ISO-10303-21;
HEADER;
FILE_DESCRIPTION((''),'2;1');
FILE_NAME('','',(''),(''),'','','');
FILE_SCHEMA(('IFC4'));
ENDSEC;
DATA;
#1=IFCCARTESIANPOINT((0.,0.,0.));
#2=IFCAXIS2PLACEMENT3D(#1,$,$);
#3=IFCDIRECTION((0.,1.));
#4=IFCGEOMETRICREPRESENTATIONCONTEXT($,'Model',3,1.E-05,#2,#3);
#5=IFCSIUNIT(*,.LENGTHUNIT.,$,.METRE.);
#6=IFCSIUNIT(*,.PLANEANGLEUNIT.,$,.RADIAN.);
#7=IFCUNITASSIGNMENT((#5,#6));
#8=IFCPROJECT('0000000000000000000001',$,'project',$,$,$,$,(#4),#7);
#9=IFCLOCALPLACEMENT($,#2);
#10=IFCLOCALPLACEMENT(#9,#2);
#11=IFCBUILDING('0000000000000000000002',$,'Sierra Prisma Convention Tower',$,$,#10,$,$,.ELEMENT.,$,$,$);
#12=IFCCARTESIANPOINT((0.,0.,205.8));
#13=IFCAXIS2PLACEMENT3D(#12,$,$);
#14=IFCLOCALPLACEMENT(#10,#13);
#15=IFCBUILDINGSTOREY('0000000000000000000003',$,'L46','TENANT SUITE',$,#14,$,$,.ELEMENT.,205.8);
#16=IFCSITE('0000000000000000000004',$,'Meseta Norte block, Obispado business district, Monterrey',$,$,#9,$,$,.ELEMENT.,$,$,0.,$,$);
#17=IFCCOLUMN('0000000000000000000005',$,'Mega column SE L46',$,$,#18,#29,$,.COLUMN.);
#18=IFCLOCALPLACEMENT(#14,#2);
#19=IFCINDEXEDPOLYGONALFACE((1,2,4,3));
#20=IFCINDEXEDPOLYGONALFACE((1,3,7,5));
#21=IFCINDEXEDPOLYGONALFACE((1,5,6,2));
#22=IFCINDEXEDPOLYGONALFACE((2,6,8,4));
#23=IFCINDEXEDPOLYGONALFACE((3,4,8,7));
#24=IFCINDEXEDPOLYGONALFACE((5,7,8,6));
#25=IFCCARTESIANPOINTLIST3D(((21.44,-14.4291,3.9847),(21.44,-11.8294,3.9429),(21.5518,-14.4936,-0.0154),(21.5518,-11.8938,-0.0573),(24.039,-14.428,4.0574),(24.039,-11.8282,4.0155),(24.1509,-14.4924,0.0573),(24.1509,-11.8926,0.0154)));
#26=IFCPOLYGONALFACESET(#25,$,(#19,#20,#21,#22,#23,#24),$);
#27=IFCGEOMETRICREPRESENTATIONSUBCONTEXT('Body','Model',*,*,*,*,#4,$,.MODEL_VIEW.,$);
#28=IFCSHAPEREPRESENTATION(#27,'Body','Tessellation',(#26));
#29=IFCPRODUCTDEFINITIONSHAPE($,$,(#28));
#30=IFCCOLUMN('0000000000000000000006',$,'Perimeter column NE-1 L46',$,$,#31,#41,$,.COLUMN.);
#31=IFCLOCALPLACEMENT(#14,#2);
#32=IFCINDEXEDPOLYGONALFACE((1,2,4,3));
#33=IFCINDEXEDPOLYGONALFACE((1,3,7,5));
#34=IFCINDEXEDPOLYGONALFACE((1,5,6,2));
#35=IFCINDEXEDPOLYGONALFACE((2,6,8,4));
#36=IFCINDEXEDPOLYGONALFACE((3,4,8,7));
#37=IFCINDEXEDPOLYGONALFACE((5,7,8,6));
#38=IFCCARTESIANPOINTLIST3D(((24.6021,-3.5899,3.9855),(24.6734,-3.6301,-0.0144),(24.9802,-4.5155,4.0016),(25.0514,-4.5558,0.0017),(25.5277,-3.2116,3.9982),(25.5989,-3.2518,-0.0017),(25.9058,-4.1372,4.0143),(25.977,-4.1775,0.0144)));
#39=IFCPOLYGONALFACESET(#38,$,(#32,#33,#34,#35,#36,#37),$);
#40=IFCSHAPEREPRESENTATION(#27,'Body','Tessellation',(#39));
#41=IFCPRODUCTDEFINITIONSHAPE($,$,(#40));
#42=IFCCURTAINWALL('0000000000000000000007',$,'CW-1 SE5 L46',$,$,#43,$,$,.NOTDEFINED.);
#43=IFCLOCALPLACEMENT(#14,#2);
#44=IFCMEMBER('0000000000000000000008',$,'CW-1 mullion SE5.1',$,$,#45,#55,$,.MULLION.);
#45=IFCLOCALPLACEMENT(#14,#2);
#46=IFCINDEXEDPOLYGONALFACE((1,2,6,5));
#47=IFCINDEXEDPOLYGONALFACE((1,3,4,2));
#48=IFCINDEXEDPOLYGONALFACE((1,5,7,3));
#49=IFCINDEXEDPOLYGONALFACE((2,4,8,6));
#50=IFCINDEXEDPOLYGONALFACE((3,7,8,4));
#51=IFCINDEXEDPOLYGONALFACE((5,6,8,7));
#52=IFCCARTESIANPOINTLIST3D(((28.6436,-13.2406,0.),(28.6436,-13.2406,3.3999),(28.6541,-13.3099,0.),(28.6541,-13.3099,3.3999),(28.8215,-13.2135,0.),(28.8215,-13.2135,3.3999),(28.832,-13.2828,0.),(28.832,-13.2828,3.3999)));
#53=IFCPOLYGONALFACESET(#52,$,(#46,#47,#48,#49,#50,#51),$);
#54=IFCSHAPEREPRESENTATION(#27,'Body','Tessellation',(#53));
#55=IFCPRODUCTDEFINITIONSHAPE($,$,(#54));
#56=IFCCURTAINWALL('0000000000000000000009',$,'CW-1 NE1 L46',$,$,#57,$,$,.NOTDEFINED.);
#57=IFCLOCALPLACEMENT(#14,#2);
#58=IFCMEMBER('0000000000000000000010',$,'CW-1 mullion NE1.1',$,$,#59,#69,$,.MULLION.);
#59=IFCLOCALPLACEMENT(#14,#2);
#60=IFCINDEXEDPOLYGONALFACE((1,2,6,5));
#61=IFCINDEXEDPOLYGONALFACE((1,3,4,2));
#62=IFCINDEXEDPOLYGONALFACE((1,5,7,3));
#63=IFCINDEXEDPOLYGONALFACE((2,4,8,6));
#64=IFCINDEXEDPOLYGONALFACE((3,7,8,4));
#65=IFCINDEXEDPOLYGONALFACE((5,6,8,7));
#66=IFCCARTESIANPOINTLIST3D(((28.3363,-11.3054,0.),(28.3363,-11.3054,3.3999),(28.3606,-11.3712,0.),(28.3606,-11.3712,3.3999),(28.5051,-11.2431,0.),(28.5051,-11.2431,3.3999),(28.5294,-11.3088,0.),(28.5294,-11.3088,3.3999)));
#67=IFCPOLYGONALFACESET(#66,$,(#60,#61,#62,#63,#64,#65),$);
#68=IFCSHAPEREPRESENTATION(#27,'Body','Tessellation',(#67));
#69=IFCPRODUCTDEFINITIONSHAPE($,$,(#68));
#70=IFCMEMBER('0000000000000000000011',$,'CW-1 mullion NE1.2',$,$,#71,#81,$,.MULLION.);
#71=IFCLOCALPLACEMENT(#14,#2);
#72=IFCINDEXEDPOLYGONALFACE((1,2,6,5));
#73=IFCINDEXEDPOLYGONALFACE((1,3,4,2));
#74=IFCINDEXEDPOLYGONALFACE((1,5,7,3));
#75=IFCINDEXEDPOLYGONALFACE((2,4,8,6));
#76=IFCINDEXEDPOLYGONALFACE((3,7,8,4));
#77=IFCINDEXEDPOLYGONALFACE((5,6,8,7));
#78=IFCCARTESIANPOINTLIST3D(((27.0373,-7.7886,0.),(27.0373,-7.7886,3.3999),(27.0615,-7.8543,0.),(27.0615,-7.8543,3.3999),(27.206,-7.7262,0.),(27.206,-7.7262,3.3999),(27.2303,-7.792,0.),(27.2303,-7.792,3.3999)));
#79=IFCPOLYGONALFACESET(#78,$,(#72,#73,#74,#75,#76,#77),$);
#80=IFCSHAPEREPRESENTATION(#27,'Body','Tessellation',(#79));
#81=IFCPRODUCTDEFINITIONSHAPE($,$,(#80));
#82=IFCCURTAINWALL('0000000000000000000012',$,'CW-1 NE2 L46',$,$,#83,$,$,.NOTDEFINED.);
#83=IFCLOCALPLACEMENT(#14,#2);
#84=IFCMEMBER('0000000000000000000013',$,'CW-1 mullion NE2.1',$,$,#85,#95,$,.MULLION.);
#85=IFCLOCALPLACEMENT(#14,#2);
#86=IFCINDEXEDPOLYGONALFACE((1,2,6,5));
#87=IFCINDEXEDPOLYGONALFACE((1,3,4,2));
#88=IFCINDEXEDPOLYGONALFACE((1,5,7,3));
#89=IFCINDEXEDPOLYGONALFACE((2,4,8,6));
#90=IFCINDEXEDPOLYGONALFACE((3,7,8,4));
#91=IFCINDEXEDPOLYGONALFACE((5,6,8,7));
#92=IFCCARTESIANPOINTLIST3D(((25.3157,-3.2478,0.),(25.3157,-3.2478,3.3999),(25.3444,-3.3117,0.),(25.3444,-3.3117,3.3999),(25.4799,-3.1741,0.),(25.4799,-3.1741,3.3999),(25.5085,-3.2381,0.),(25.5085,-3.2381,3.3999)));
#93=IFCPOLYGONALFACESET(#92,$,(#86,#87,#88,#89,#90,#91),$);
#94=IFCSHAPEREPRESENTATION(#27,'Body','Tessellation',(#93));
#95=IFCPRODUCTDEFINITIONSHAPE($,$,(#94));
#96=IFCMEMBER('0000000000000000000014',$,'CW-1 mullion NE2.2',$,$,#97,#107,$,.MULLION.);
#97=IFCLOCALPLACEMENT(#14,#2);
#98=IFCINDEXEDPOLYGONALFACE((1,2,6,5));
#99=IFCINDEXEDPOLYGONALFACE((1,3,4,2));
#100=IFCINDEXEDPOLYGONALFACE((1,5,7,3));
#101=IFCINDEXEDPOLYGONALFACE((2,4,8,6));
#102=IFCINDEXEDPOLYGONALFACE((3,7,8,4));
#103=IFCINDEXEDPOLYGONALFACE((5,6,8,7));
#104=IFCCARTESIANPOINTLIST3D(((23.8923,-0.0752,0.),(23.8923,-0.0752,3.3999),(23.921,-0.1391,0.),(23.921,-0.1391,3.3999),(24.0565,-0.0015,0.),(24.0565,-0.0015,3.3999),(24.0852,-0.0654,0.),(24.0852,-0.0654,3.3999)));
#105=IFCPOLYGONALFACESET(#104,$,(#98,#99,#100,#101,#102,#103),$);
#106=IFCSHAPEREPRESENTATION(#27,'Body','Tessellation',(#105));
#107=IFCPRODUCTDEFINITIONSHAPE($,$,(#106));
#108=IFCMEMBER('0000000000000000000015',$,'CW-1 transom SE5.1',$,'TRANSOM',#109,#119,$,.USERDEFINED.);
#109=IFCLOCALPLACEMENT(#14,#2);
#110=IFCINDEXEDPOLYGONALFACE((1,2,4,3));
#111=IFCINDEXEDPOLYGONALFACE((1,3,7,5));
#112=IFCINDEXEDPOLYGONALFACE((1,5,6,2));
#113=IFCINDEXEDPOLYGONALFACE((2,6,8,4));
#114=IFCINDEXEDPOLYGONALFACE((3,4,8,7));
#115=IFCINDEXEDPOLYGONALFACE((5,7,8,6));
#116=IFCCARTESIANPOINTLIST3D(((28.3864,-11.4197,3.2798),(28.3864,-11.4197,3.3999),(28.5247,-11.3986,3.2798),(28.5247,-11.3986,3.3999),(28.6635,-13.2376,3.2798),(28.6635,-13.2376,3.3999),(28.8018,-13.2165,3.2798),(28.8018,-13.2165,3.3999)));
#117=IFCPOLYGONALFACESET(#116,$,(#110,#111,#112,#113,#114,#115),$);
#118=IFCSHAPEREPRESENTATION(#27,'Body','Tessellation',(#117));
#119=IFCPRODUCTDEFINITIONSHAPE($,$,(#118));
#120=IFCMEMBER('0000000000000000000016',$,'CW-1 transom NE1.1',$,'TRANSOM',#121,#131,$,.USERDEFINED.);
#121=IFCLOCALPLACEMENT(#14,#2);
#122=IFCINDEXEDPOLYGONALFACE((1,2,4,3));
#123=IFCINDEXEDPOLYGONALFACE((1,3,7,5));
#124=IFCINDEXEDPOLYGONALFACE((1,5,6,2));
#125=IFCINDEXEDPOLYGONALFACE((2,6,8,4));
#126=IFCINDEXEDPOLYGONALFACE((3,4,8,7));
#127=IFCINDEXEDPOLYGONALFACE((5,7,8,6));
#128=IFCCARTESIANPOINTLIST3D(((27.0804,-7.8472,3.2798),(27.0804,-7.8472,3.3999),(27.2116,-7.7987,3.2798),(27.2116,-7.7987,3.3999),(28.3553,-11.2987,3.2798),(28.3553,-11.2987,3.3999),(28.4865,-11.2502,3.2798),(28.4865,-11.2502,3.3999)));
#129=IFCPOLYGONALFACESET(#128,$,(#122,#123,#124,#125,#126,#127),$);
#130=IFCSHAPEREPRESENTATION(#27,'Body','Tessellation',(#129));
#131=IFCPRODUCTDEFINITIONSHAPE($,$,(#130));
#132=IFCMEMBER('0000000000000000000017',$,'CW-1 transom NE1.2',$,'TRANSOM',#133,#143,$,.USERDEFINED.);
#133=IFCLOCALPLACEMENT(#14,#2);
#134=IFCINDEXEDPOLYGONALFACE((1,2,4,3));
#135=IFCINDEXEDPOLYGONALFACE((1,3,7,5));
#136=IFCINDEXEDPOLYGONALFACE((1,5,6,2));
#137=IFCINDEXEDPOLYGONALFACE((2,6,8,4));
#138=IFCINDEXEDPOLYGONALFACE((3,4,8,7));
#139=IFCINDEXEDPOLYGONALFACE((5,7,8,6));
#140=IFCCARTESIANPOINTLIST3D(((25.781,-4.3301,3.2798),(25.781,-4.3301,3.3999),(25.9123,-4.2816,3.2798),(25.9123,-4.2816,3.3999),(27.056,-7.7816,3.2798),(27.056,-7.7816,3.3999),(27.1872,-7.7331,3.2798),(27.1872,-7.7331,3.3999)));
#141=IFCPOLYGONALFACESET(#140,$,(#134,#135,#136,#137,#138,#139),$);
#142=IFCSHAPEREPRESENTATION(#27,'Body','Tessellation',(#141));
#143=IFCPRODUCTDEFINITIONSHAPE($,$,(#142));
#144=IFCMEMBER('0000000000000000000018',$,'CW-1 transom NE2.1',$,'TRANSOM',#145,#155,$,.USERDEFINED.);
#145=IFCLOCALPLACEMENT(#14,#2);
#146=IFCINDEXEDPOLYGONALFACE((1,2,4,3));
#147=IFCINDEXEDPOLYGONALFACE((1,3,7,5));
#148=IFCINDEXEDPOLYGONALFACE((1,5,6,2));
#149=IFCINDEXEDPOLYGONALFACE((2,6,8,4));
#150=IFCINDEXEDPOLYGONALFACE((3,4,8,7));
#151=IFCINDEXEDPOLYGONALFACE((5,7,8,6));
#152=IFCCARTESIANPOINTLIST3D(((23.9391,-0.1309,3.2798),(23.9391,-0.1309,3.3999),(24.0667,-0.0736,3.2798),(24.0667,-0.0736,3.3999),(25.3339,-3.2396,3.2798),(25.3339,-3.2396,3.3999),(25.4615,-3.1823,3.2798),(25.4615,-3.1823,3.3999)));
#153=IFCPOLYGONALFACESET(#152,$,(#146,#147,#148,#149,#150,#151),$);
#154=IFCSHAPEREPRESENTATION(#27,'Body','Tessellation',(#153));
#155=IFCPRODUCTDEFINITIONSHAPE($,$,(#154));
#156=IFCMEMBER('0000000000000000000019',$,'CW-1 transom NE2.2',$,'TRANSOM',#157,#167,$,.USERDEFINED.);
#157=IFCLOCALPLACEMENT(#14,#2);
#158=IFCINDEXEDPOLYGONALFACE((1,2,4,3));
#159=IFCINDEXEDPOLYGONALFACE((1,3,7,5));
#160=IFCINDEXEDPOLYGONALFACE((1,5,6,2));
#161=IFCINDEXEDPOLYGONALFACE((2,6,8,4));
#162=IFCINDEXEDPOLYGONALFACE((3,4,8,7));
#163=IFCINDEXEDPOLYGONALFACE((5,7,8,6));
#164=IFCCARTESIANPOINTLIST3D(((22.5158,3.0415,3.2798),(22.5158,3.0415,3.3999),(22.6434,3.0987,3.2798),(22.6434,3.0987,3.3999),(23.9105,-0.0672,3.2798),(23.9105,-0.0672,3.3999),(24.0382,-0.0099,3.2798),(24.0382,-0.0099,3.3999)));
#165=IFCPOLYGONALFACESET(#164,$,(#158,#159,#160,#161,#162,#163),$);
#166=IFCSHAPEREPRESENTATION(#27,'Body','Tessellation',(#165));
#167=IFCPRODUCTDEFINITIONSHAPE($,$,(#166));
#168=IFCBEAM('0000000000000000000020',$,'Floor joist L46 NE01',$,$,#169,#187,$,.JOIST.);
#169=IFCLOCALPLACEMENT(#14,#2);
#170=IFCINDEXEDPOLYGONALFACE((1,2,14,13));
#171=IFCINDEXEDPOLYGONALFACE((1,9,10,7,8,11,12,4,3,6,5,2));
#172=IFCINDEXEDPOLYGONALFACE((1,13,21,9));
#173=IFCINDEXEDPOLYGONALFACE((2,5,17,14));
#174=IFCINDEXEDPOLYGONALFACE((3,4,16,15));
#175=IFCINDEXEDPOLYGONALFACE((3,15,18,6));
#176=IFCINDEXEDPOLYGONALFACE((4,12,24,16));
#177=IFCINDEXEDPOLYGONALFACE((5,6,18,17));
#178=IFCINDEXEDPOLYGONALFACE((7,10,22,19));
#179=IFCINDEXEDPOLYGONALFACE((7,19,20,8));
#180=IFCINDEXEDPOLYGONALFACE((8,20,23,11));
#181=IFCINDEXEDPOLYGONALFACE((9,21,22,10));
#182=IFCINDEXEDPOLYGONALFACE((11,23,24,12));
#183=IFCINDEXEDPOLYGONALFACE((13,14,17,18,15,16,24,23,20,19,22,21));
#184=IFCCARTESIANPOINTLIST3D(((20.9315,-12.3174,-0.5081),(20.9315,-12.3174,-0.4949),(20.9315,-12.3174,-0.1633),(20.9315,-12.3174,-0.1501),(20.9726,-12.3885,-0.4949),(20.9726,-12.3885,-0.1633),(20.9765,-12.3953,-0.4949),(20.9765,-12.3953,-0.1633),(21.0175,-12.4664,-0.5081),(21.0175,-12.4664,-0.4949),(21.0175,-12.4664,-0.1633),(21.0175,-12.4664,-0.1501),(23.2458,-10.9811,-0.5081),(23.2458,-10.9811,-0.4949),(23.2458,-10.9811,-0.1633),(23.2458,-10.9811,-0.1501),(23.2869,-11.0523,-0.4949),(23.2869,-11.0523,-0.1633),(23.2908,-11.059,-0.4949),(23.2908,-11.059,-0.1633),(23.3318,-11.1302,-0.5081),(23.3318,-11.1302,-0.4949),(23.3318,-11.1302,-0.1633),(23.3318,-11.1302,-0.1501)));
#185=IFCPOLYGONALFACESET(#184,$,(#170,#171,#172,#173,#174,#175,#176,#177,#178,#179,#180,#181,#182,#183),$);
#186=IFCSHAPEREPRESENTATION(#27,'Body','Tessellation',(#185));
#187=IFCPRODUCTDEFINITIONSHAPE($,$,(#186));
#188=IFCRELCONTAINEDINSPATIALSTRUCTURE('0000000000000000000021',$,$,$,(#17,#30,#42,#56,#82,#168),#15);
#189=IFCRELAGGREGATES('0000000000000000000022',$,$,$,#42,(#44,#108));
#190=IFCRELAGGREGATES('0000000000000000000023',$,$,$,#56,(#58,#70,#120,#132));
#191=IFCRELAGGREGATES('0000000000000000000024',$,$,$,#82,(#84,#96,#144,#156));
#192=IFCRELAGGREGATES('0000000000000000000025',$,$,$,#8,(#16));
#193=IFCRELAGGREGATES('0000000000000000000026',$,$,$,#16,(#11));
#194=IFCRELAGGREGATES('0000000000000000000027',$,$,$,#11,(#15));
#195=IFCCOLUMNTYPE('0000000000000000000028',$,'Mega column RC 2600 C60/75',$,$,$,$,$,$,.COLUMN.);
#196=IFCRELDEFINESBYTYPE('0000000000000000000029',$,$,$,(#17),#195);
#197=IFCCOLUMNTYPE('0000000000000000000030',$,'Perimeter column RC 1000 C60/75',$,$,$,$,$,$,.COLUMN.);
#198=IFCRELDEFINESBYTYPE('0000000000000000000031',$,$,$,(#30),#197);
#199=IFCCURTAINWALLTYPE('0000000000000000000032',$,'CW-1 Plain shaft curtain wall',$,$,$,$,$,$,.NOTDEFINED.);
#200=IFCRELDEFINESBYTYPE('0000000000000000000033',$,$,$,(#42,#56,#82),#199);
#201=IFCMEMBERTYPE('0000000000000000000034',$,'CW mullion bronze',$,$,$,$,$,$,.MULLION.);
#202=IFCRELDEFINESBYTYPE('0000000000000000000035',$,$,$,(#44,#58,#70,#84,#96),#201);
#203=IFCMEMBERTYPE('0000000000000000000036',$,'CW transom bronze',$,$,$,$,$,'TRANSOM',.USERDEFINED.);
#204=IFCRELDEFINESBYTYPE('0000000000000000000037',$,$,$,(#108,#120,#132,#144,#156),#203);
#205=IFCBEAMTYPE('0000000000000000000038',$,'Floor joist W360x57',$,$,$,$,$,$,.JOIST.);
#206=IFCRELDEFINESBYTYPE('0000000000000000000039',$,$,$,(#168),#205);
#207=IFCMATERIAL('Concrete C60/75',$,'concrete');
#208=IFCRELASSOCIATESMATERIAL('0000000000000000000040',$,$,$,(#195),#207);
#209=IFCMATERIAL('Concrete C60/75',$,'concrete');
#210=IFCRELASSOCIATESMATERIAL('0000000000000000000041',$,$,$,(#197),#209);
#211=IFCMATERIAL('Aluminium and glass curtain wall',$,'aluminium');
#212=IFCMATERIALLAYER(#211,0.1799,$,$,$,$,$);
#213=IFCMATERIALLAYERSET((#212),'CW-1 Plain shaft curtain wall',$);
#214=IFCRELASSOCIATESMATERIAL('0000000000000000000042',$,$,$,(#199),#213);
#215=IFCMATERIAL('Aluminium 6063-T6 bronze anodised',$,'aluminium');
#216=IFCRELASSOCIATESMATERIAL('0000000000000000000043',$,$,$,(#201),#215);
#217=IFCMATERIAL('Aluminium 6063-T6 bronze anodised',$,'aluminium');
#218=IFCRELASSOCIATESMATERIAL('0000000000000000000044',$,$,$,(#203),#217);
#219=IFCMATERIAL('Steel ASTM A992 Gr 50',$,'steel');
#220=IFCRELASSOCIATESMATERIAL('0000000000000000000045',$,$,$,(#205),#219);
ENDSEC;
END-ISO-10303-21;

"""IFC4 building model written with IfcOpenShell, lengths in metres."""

from ifc_helpers import new_model, si_unit, direction, frame, origin, origin_2d, place, context, subcontext, project, spatial, rectangle, i_section, extrude, material, layer, layer_set, material_profile, profile_set, type_object, element, aggregate, save


model = new_model("IFC4")

# Units and contexts
model_context = context("Model", 3, precision=1e-05, world=origin(), true_north=direction((0.0, 1.0)))
body_context = subcontext(model_context, "Body", "Model", "MODEL_VIEW")
ifc_project = project(units=[si_unit("LENGTHUNIT", "METRE"), si_unit("PLANEANGLEUNIT", "RADIAN")], contexts=[model_context])

# Site, building, storey
site_placement = place(None, origin())
site = spatial("IfcSite", under=ifc_project, at=site_placement, Name="Meseta Norte block, Obispado business district, Monterrey", CompositionType="ELEMENT", RefElevation=0.0)
building_placement = place(site_placement, origin())
building = spatial("IfcBuilding", under=site, at=building_placement, Name="Sierra Prisma Convention Tower", CompositionType="ELEMENT")
storey_placement = place(building_placement, frame((0.0, 0.0, 205.8)))
storey = spatial("IfcBuildingStorey", under=building, at=storey_placement, Name="L46", Description="TENANT SUITE", CompositionType="ELEMENT", Elevation=205.8)

# Columns
ifc_material_1 = material(Name="Concrete C60/75", Category="concrete")
ifc_material_profile_1 = material_profile(ifc_material_1, rectangle(XDim=2.6001, YDim=2.6001, at=origin_2d()), Name="Mega column RC 2600 C60/75")
ifc_profile_set_1 = profile_set([ifc_material_profile_1], Name="Concrete C60/75")
column_type_1 = type_object("IfcColumnType", Name="Mega column RC 2600 C60/75", PredefinedType="COLUMN", material=ifc_profile_set_1)
column_1_placement = place(storey_placement, frame((22.8513, -13.1931, 0.0), z_axis=(-0.02794, 0.016105, 0.99948), x_axis=(0.99961, 0.00045, 0.027936)))
element("IfcColumn", 1, at=column_1_placement, inside=storey, type_object=column_type_1, Name="Mega column SE L46", PredefinedType="COLUMN", context=body_context, shape_type="SweptSolid", body=[
    extrude(rectangle(XDim=2.6001, YDim=2.6001, at=origin_2d()), origin(), (0.0, 0.0, 1.0), 4.0022),
])
ifc_material_2 = material(Name="Concrete C60/75", Category="concrete")
ifc_material_profile_2 = material_profile(ifc_material_2, rectangle(XDim=1.0, YDim=1.0, at=origin_2d()), Name="Perimeter column RC 1000 C60/75")
ifc_profile_set_2 = profile_set([ifc_material_profile_2], Name="Concrete C60/75")
column_type_2 = type_object("IfcColumnType", Name="Perimeter column RC 1000 C60/75", PredefinedType="COLUMN", material=ifc_profile_set_2)
column_2_placement = place(storey_placement, frame((25.3252, -3.9038, 0.0), z_axis=(-0.017819, 0.010069, 0.999791), x_axis=(-0.378094, 0.925628, -0.01606)))
element("IfcColumn", 2, at=column_2_placement, inside=storey, type_object=column_type_2, Name="Perimeter column NE-1 L46", PredefinedType="COLUMN", context=body_context, shape_type="SweptSolid", body=[
    extrude(rectangle(XDim=1.0, YDim=1.0, at=origin_2d()), origin(), (0.0, 0.0, 1.0), 4.0007),
])

# Curtain wall, member
ifc_material_3 = material(Name="Aluminium and glass curtain wall", Category="aluminium")
ifc_layer_1 = layer(ifc_material_3, 0.1799)
ifc_layer_set_1 = layer_set([ifc_layer_1], Name="CW-1 Plain shaft curtain wall")
curtain_wall_type = type_object("IfcCurtainWallType", Name="CW-1 Plain shaft curtain wall", PredefinedType="NOTDEFINED", material=ifc_layer_set_1)
curtain_wall_1_placement = place(storey_placement, origin())
curtain_wall_1 = element("IfcCurtainWall", 3, at=curtain_wall_1_placement, inside=storey, type_object=curtain_wall_type, Name="CW-1 SE5 L46", PredefinedType="NOTDEFINED")
ifc_material_4 = material(Name="Aluminium 6063-T6 bronze anodised", Category="aluminium")
ifc_material_profile_3 = material_profile(ifc_material_4, rectangle(XDim=0.1799, YDim=0.0701, at=origin_2d()), Name="ALU MULLION 70x180")
ifc_profile_set_3 = profile_set([ifc_material_profile_3], Name="Aluminium 6063-T6 bronze anodised")
member_type_1 = type_object("IfcMemberType", Name="CW mullion bronze", PredefinedType="MULLION", material=ifc_profile_set_3)
member_1_placement = place(storey_placement, frame((28.7378, -13.2617, 0.0), z_axis=(0.0, 0.0, 1.0), x_axis=(-0.988591, -0.150626, 0.0)))
member_1 = element("IfcMember", 4, at=member_1_placement, type_object=member_type_1, Name="CW-1 mullion SE5.1", PredefinedType="MULLION", context=body_context, shape_type="SweptSolid", body=[
    extrude(rectangle(XDim=0.1799, YDim=0.0701, at=origin_2d()), origin(), (0.0, 0.0, 1.0), 3.3999),
])

# Curtain walls, members
curtain_wall_2_placement = place(storey_placement, origin())
curtain_wall_2 = element("IfcCurtainWall", 5, at=curtain_wall_2_placement, inside=storey, type_object=curtain_wall_type, Name="CW-1 NE1 L46", PredefinedType="NOTDEFINED")
member_2_placement = place(storey_placement, frame((28.4329, -11.3071, 0.0), z_axis=(0.0, 0.0, 1.0), x_axis=(-0.938045, -0.346513, 0.0)))
member_2 = element("IfcMember", 6, at=member_2_placement, type_object=member_type_1, Name="CW-1 mullion NE1.1", PredefinedType="MULLION", context=body_context, shape_type="SweptSolid", body=[
    extrude(rectangle(XDim=0.1799, YDim=0.0701, at=origin_2d()), origin(), (0.0, 0.0, 1.0), 3.3999),
])
member_3_placement = place(storey_placement, frame((27.1338, -7.7903, 0.0), z_axis=(0.0, 0.0, 1.0), x_axis=(-0.938045, -0.346513, 0.0)))
member_3 = element("IfcMember", 7, at=member_3_placement, type_object=member_type_1, Name="CW-1 mullion NE1.2", PredefinedType="MULLION", context=body_context, shape_type="SweptSolid", body=[
    extrude(rectangle(XDim=0.1799, YDim=0.0701, at=origin_2d()), origin(), (0.0, 0.0, 1.0), 3.3999),
])
curtain_wall_3_placement = place(storey_placement, origin())
curtain_wall_3 = element("IfcCurtainWall", 8, at=curtain_wall_3_placement, inside=storey, type_object=curtain_wall_type, Name="CW-1 NE2 L46", PredefinedType="NOTDEFINED")
member_4_placement = place(storey_placement, frame((25.4121, -3.2429, 0.0), z_axis=(0.0, 0.0, 1.0), x_axis=(-0.912374, -0.409358, 0.0)))
member_4 = element("IfcMember", 9, at=member_4_placement, type_object=member_type_1, Name="CW-1 mullion NE2.1", PredefinedType="MULLION", context=body_context, shape_type="SweptSolid", body=[
    extrude(rectangle(XDim=0.1799, YDim=0.0701, at=origin_2d()), origin(), (0.0, 0.0, 1.0), 3.3999),
])
member_5_placement = place(storey_placement, frame((23.9888, -0.0703, 0.0), z_axis=(0.0, 0.0, 1.0), x_axis=(-0.912374, -0.409358, 0.0)))
member_5 = element("IfcMember", 10, at=member_5_placement, type_object=member_type_1, Name="CW-1 mullion NE2.2", PredefinedType="MULLION", context=body_context, shape_type="SweptSolid", body=[
    extrude(rectangle(XDim=0.1799, YDim=0.0701, at=origin_2d()), origin(), (0.0, 0.0, 1.0), 3.3999),
])

# Members
ifc_material_5 = material(Name="Aluminium 6063-T6 bronze anodised", Category="aluminium")
ifc_material_profile_4 = material_profile(ifc_material_5, rectangle(XDim=0.1399, YDim=0.1201, at=origin_2d()), Name="ALU TRANSOM 120x140")
ifc_profile_set_4 = profile_set([ifc_material_profile_4], Name="Aluminium 6063-T6 bronze anodised")
member_type_2 = type_object("IfcMemberType", Name="CW transom bronze", ElementType="TRANSOM", PredefinedType="USERDEFINED", material=ifc_profile_set_4)
member_6_placement = place(storey_placement, frame((28.7327, -13.2271, 3.3398), z_axis=(-0.15069, 0.988581, 0.0), x_axis=(-0.988581, -0.15069, 0.0)))
member_6 = element("IfcMember", 11, at=member_6_placement, type_object=member_type_2, Name="CW-1 transom SE5.1", ObjectType="TRANSOM", PredefinedType="USERDEFINED", context=body_context, shape_type="SweptSolid", body=[
    extrude(rectangle(XDim=0.1399, YDim=0.1201, at=origin_2d()), origin(), (0.0, 0.0, 1.0), 1.8389),
])
member_7_placement = place(storey_placement, frame((28.4209, -11.2744, 3.3398), z_axis=(-0.346502, 0.938049, 0.0), x_axis=(-0.938049, -0.346502, 0.0)))
member_7 = element("IfcMember", 12, at=member_7_placement, type_object=member_type_2, Name="CW-1 transom NE1.1", ObjectType="TRANSOM", PredefinedType="USERDEFINED", context=body_context, shape_type="SweptSolid", body=[
    extrude(rectangle(XDim=0.1399, YDim=0.1201, at=origin_2d()), origin(), (0.0, 0.0, 1.0), 3.6794),
])
member_8_placement = place(storey_placement, frame((27.1216, -7.7573, 3.3398), z_axis=(-0.346502, 0.938049, 0.0), x_axis=(-0.938049, -0.346502, 0.0)))
member_8 = element("IfcMember", 13, at=member_8_placement, type_object=member_type_2, Name="CW-1 transom NE1.2", ObjectType="TRANSOM", PredefinedType="USERDEFINED", context=body_context, shape_type="SweptSolid", body=[
    extrude(rectangle(XDim=0.1399, YDim=0.1201, at=origin_2d()), origin(), (0.0, 0.0, 1.0), 3.6794),
])
member_9_placement = place(storey_placement, frame((25.3977, -3.2109, 3.3398), z_axis=(-0.40936, 0.912373, 0.0), x_axis=(-0.912373, -0.40936, 0.0)))
member_9 = element("IfcMember", 14, at=member_9_placement, type_object=member_type_2, Name="CW-1 transom NE2.1", ObjectType="TRANSOM", PredefinedType="USERDEFINED", context=body_context, shape_type="SweptSolid", body=[
    extrude(rectangle(XDim=0.1399, YDim=0.1201, at=origin_2d()), origin(), (0.0, 0.0, 1.0), 3.4072),
])
member_10_placement = place(storey_placement, frame((23.9744, -0.0386, 3.3398), z_axis=(-0.40936, 0.912373, 0.0), x_axis=(-0.912373, -0.40936, 0.0)))
member_10 = element("IfcMember", 15, at=member_10_placement, type_object=member_type_2, Name="CW-1 transom NE2.2", ObjectType="TRANSOM", PredefinedType="USERDEFINED", context=body_context, shape_type="SweptSolid", body=[
    extrude(rectangle(XDim=0.1399, YDim=0.1201, at=origin_2d()), origin(), (0.0, 0.0, 1.0), 3.4072),
])

# Beam
ifc_material_6 = material(Name="Steel ASTM A992 Gr 50", Category="steel")
ifc_material_profile_5 = material_profile(ifc_material_6, i_section(OverallWidth=0.1721, OverallDepth=0.3579, WebThickness=0.0078, FlangeThickness=0.0132, at=origin_2d()), Name="W360x57")
ifc_profile_set_5 = profile_set([ifc_material_profile_5], Name="Steel ASTM A992 Gr 50")
beam_type_1 = type_object("IfcBeamType", Name="Floor joist W360x57", PredefinedType="JOIST", material=ifc_profile_set_5)
beam_1_placement = place(storey_placement, frame((23.2888, -11.0557, -0.3291), z_axis=(-0.866014, -0.50002, 0.0), x_axis=(0.50002, -0.866014, 0.0)))
element("IfcBeam", 16, at=beam_1_placement, inside=storey, type_object=beam_type_1, Name="Floor joist L46 NE01", PredefinedType="JOIST", context=body_context, shape_type="SweptSolid", body=[
    extrude(i_section(OverallWidth=0.1721, OverallDepth=0.3579, WebThickness=0.0078, FlangeThickness=0.0132, at=origin_2d()), origin(), (0.0, 0.0, 1.0), 2.6724),
])

aggregate(curtain_wall_1, [member_1, member_6])
aggregate(curtain_wall_2, [member_2, member_3, member_7, member_8])
aggregate(curtain_wall_3, [member_4, member_5, member_9, member_10])

save(model, "model.ifc")
